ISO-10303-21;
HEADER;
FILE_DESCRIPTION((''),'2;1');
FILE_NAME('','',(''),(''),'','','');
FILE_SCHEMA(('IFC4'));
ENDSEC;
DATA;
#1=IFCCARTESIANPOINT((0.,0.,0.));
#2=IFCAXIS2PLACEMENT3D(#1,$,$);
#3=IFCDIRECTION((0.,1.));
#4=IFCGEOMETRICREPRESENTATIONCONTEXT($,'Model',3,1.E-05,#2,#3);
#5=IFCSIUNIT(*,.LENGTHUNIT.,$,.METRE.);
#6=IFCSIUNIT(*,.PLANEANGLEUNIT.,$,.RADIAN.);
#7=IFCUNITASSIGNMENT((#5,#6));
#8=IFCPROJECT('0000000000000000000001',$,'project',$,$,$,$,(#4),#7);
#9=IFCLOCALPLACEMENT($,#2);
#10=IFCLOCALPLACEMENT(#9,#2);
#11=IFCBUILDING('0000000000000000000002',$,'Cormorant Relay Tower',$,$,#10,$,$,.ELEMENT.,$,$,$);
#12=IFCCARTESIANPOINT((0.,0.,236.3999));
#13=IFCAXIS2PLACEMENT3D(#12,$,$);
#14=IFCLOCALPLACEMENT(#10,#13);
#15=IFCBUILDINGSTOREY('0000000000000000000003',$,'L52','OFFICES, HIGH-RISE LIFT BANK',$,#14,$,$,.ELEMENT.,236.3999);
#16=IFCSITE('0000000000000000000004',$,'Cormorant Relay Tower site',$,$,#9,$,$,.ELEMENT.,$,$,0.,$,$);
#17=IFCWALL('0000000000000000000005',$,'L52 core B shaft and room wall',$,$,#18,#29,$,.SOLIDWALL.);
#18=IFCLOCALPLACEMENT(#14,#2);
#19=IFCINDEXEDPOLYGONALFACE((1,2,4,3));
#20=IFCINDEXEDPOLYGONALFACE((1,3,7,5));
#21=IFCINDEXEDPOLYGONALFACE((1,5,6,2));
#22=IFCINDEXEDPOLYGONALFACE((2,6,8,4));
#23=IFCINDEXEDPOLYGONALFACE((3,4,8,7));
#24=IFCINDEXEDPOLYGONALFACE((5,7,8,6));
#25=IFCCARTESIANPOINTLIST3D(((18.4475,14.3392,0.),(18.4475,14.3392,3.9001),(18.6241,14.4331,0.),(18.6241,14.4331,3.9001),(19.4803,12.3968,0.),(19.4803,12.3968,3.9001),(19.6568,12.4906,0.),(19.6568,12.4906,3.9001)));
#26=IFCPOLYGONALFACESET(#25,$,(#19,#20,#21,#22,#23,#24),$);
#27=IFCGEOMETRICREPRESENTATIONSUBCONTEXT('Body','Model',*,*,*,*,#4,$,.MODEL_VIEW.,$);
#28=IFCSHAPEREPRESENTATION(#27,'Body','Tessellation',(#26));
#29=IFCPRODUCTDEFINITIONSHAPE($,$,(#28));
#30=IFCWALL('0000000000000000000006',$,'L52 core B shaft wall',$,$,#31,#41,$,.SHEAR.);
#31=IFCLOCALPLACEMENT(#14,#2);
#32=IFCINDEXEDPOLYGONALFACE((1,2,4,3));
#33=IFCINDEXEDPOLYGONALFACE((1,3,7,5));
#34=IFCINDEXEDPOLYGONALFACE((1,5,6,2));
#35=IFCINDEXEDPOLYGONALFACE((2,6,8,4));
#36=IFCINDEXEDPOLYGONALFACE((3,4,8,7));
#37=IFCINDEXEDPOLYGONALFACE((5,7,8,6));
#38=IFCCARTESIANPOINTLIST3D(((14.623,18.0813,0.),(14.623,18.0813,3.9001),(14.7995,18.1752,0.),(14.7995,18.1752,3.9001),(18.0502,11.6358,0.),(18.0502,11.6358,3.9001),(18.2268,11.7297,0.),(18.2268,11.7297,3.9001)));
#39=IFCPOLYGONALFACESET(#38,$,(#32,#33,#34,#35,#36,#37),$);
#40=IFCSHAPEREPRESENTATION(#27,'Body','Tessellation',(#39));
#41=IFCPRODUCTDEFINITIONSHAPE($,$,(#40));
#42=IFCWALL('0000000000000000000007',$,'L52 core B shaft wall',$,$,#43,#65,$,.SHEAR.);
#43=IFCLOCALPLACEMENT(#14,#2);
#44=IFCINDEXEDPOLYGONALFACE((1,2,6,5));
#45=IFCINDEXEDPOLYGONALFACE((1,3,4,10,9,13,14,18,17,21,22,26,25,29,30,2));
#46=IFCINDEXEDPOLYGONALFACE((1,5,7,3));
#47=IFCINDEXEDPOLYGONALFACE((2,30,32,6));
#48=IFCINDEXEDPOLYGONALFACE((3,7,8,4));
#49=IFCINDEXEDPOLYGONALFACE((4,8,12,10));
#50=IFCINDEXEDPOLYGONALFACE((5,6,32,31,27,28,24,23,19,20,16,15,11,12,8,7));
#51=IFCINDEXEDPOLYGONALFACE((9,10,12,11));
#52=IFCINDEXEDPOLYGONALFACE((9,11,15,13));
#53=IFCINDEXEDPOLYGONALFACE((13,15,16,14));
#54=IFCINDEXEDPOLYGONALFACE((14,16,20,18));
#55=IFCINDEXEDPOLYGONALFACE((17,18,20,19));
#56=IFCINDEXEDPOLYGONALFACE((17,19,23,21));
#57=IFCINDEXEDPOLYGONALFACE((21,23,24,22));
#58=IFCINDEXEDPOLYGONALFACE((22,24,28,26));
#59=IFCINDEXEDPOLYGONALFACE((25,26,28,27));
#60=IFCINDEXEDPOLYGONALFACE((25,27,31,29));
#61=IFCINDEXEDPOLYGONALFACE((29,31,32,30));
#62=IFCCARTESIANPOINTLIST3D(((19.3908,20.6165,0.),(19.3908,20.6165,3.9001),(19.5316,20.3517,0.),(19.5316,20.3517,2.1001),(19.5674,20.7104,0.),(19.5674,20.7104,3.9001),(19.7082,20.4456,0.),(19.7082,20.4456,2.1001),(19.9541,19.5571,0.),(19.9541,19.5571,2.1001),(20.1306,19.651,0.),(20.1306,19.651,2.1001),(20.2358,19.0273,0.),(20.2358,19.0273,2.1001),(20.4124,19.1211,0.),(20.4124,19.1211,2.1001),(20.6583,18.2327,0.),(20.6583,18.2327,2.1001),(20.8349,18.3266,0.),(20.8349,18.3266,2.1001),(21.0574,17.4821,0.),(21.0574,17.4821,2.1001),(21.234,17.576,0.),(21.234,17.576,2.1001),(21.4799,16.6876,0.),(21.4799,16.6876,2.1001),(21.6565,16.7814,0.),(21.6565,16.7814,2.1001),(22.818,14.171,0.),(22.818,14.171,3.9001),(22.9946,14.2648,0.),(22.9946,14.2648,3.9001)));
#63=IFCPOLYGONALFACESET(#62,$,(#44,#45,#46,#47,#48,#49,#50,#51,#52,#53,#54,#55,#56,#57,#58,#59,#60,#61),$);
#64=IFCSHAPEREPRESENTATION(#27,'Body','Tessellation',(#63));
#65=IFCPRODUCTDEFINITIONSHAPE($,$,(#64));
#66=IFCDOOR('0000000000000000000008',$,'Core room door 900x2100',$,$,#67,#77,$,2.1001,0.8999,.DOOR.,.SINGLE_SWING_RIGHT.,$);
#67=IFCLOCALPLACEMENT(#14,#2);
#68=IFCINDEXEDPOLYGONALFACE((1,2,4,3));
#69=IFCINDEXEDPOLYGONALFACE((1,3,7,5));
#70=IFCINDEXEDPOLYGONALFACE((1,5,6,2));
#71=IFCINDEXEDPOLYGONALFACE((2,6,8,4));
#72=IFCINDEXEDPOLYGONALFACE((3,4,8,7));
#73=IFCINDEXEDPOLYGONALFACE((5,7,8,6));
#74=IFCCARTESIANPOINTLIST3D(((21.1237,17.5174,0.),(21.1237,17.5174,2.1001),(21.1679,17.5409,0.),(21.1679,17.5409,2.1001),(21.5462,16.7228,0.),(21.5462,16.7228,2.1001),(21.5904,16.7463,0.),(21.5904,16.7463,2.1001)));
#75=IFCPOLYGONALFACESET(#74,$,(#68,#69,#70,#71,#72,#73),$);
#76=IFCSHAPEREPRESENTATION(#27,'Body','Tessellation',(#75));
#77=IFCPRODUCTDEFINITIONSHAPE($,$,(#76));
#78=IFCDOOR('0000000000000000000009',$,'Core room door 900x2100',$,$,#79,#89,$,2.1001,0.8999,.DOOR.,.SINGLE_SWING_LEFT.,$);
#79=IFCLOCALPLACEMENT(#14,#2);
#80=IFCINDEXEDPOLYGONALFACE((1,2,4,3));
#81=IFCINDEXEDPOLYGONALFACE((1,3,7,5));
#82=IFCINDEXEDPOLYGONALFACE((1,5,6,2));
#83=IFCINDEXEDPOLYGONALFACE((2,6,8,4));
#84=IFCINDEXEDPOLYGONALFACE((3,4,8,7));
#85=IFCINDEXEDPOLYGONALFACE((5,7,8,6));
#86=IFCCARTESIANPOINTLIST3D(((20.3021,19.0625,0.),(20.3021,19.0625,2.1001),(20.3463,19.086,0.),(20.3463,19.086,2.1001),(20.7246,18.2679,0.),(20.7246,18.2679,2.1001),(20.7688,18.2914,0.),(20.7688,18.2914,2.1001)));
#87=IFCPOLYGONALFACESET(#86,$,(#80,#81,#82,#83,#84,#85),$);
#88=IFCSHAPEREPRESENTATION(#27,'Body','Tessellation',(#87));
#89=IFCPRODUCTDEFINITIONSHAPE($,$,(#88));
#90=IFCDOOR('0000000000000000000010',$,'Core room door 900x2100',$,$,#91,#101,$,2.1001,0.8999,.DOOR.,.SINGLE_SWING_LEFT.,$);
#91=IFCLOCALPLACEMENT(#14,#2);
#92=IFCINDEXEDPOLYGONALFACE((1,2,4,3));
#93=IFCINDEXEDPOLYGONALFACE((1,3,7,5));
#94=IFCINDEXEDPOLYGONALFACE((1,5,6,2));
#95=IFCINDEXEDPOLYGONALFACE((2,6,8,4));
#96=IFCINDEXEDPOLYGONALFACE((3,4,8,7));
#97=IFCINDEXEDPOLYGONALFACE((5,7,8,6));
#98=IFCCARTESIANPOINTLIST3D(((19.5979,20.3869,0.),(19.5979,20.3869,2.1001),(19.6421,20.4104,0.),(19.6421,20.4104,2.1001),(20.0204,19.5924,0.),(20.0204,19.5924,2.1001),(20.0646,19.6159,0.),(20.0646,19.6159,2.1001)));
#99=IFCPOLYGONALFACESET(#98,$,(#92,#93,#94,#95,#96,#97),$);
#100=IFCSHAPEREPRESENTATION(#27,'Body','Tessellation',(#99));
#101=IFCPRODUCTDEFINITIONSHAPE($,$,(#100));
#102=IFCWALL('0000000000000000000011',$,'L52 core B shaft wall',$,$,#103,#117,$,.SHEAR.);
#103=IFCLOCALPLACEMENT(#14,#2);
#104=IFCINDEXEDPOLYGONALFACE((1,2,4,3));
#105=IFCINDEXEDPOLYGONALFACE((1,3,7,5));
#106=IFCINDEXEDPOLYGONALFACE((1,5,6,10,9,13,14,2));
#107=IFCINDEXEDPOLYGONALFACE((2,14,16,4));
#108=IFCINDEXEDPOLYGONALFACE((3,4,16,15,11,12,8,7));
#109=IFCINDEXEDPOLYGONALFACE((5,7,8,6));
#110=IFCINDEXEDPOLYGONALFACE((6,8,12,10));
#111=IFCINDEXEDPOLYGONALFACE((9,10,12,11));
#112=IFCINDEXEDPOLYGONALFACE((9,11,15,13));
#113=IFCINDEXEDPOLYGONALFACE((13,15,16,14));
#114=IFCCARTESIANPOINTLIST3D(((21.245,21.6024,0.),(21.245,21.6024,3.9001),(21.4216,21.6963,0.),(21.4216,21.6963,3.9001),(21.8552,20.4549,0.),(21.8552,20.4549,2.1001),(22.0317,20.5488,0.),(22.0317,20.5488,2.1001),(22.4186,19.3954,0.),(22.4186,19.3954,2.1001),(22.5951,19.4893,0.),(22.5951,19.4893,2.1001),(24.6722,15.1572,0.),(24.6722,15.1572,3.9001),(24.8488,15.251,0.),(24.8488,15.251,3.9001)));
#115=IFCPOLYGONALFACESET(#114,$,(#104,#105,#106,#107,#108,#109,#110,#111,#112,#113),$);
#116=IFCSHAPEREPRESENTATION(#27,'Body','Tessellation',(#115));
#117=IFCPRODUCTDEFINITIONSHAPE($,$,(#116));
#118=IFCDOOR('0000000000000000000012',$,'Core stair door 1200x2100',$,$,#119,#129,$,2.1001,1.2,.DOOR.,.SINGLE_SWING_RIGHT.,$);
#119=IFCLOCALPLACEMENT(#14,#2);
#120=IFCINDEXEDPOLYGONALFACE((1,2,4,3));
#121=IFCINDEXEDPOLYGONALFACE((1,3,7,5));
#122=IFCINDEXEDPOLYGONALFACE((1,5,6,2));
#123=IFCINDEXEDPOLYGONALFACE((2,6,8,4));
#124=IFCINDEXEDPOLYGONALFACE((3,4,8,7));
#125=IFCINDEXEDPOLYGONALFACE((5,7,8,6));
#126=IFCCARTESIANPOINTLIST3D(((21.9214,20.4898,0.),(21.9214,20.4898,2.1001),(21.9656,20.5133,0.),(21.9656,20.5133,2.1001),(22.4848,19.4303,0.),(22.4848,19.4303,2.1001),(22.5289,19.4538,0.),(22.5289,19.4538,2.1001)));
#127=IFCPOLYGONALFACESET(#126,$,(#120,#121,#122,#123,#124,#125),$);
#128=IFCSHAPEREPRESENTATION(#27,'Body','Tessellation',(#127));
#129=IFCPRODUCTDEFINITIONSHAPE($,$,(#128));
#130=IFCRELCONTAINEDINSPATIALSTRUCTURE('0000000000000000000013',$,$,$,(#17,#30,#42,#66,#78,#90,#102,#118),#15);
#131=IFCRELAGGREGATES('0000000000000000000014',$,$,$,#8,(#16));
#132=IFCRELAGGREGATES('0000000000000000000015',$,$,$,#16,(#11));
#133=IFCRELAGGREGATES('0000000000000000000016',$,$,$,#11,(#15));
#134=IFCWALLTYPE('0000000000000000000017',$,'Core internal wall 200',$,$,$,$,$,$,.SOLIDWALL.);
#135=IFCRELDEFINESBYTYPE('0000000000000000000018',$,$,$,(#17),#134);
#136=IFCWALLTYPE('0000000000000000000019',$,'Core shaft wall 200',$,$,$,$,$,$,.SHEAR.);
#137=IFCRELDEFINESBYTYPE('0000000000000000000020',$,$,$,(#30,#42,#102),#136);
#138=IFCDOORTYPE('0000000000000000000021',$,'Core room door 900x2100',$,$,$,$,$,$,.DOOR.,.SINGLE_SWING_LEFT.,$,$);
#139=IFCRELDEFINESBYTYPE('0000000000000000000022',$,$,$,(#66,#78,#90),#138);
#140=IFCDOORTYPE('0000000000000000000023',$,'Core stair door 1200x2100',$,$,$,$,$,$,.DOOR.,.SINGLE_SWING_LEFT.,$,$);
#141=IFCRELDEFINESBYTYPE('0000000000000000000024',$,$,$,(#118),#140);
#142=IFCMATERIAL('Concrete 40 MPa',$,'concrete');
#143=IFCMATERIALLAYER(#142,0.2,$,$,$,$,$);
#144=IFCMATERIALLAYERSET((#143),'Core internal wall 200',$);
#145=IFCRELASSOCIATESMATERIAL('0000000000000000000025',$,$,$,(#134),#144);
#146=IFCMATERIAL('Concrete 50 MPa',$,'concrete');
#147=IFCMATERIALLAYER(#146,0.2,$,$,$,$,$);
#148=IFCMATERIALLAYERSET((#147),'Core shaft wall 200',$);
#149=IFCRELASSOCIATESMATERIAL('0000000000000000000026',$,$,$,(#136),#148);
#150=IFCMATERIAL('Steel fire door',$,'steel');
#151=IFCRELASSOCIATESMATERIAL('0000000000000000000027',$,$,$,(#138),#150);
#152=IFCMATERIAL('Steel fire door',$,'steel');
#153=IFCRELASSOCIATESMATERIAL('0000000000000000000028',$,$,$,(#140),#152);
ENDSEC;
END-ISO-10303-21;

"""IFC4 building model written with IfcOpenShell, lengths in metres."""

from ifc_helpers import new_model, si_unit, direction, frame, frame_2d, origin, place, context, subcontext, project, spatial, rectangle, extrude, material, layer, layer_set, type_object, element, fill, save


model = new_model("IFC4")

# Units and contexts
model_context = context("Model", 3, precision=1e-05, world=origin(), true_north=direction((0.0, 1.0)))
body_context = subcontext(model_context, "Body", "Model", "MODEL_VIEW")
ifc_project = project(units=[si_unit("LENGTHUNIT", "METRE"), si_unit("PLANEANGLEUNIT", "RADIAN")], contexts=[model_context])

# Site, building, storey
site_placement = place(None, origin())
site = spatial("IfcSite", under=ifc_project, at=site_placement, Name="Cormorant Relay Tower site", CompositionType="ELEMENT", RefElevation=0.0)
building_placement = place(site_placement, origin())
building = spatial("IfcBuilding", under=site, at=building_placement, Name="Cormorant Relay Tower", CompositionType="ELEMENT")
storey_placement = place(building_placement, frame((0.0, 0.0, 236.3999)))
storey = spatial("IfcBuildingStorey", under=building, at=storey_placement, Name="L52", Description="OFFICES, HIGH-RISE LIFT BANK", CompositionType="ELEMENT", Elevation=236.3999)

# Walls
ifc_material_1 = material(Name="Concrete 40 MPa", Category="concrete")
ifc_layer_1 = layer(ifc_material_1, 0.2)
ifc_layer_set_1 = layer_set([ifc_layer_1], Name="Core internal wall 200")
wall_type_1 = type_object("IfcWallType", Name="Core internal wall 200", PredefinedType="SOLIDWALL", material=ifc_layer_set_1)
wall_1_placement = place(storey_placement, frame((19.5686, 12.4436, 0.0), z_axis=(0.0, 0.0, 1.0), x_axis=(-0.469447, 0.88296, 0.0)))
element("IfcWall", 1, at=wall_1_placement, inside=storey, type_object=wall_type_1, Name="L52 core B shaft and room wall", PredefinedType="SOLIDWALL", context=body_context, shape_type="SweptSolid", body=[
    extrude(rectangle(XDim=2.2, YDim=0.2, at=frame_2d((1.1001, 0.0))), origin(), (0.0, 0.0, 1.0), 3.9001),
])
ifc_material_2 = material(Name="Concrete 50 MPa", Category="concrete")
ifc_layer_2 = layer(ifc_material_2, 0.2)
ifc_layer_set_2 = layer_set([ifc_layer_2], Name="Core shaft wall 200")
wall_type_2 = type_object("IfcWallType", Name="Core shaft wall 200", PredefinedType="SHEAR", material=ifc_layer_set_2)
wall_2_placement = place(storey_placement, frame((18.1384, 11.6829, 0.0), z_axis=(0.0, 0.0, 1.0), x_axis=(-0.46948, 0.882943, 0.0)))
element("IfcWall", 2, at=wall_2_placement, inside=storey, type_object=wall_type_2, Name="L52 core B shaft wall", PredefinedType="SHEAR", context=body_context, shape_type="SweptSolid", body=[
    extrude(rectangle(XDim=7.3, YDim=0.2, at=frame_2d((3.6499, 0.0))), origin(), (0.0, 0.0, 1.0), 3.9001),
])

# Wall, openings, doors
wall_3_placement = place(storey_placement, frame((22.9062, 14.218, 0.0), z_axis=(0.0, 0.0, 1.0), x_axis=(-0.46948, 0.882943, 0.0)))
wall_3 = element("IfcWall", 3, at=wall_3_placement, inside=storey, type_object=wall_type_2, Name="L52 core B shaft wall", PredefinedType="SHEAR", context=body_context, shape_type="SweptSolid", body=[
    extrude(rectangle(XDim=7.3, YDim=0.2, at=frame_2d((3.6499, 0.0))), origin(), (0.0, 0.0, 1.0), 3.9001),
])
opening_1_placement = place(wall_3_placement, frame((2.8501, 0.0, 0.0)))
opening_1 = element("IfcOpeningElement", 4, at=opening_1_placement, cuts=wall_3, PredefinedType="OPENING", context=body_context, shape_type="SweptSolid", body=[
    extrude(rectangle(XDim=0.8999, YDim=2.1001, at=frame_2d((0.45, 1.05))), frame((0.0, 0.1099, 0.0), z_axis=(0.0, -1.0, 0.0), x_axis=(1.0, 0.0, 0.0)), (0.0, 0.0, 1.0), 0.22),
])
opening_2_placement = place(wall_3_placement, frame((4.6001, 0.0, 0.0)))
opening_2 = element("IfcOpeningElement", 5, at=opening_2_placement, cuts=wall_3, PredefinedType="OPENING", context=body_context, shape_type="SweptSolid", body=[
    extrude(rectangle(XDim=0.8999, YDim=2.1001, at=frame_2d((0.45, 1.05))), frame((0.0, 0.1099, 0.0), z_axis=(0.0, -1.0, 0.0), x_axis=(1.0, 0.0, 0.0)), (0.0, 0.0, 1.0), 0.22),
])
opening_3_placement = place(wall_3_placement, frame((6.1001, 0.0, 0.0)))
opening_3 = element("IfcOpeningElement", 6, at=opening_3_placement, cuts=wall_3, PredefinedType="OPENING", context=body_context, shape_type="SweptSolid", body=[
    extrude(rectangle(XDim=0.8999, YDim=2.1001, at=frame_2d((0.45, 1.05))), frame((0.0, 0.1099, 0.0), z_axis=(0.0, -1.0, 0.0), x_axis=(1.0, 0.0, 0.0)), (0.0, 0.0, 1.0), 0.22),
])
ifc_material_3 = material(Name="Steel fire door", Category="steel")
door_type_1 = type_object("IfcDoorType", Name="Core room door 900x2100", OperationType="SINGLE_SWING_LEFT", PredefinedType="DOOR", material=ifc_material_3)
door_1_placement = place(opening_1_placement, origin())
door_1 = element("IfcDoor", 7, at=door_1_placement, inside=storey, type_object=door_type_1, Name="Core room door 900x2100", OperationType="SINGLE_SWING_RIGHT", OverallHeight=2.1001, OverallWidth=0.8999, PredefinedType="DOOR", context=body_context, shape_type="SweptSolid", body=[
    extrude(rectangle(XDim=0.8999, YDim=2.1001, at=frame_2d((0.45, 1.05))), frame((0.0, 0.0249, 0.0), z_axis=(0.0, -1.0, 0.0), x_axis=(1.0, 0.0, 0.0)), (0.0, 0.0, 1.0), 0.05),
])
fill(opening_1, door_1)
door_2_placement = place(opening_2_placement, origin())
door_2 = element("IfcDoor", 8, at=door_2_placement, inside=storey, type_object=door_type_1, Name="Core room door 900x2100", OperationType="SINGLE_SWING_LEFT", OverallHeight=2.1001, OverallWidth=0.8999, PredefinedType="DOOR", context=body_context, shape_type="SweptSolid", body=[
    extrude(rectangle(XDim=0.8999, YDim=2.1001, at=frame_2d((0.45, 1.05))), frame((0.0, 0.0249, 0.0), z_axis=(0.0, -1.0, 0.0), x_axis=(1.0, 0.0, 0.0)), (0.0, 0.0, 1.0), 0.05),
])
fill(opening_2, door_2)
door_3_placement = place(opening_3_placement, origin())
door_3 = element("IfcDoor", 9, at=door_3_placement, inside=storey, type_object=door_type_1, Name="Core room door 900x2100", OperationType="SINGLE_SWING_LEFT", OverallHeight=2.1001, OverallWidth=0.8999, PredefinedType="DOOR", context=body_context, shape_type="SweptSolid", body=[
    extrude(rectangle(XDim=0.8999, YDim=2.1001, at=frame_2d((0.45, 1.05))), frame((0.0, 0.0249, 0.0), z_axis=(0.0, -1.0, 0.0), x_axis=(1.0, 0.0, 0.0)), (0.0, 0.0, 1.0), 0.05),
])
fill(opening_3, door_3)

# Wall, opening, door
wall_4_placement = place(storey_placement, frame((24.7605, 15.2041, 0.0), z_axis=(0.0, 0.0, 1.0), x_axis=(-0.469494, 0.882936, 0.0)))
wall_4 = element("IfcWall", 10, at=wall_4_placement, inside=storey, type_object=wall_type_2, Name="L52 core B shaft wall", PredefinedType="SHEAR", context=body_context, shape_type="SweptSolid", body=[
    extrude(rectangle(XDim=7.2998, YDim=0.2, at=frame_2d((3.6499, 0.0))), origin(), (0.0, 0.0, 1.0), 3.9001),
])
opening_4_placement = place(wall_4_placement, frame((4.8, 0.0, 0.0)))
opening_4 = element("IfcOpeningElement", 11, at=opening_4_placement, cuts=wall_4, PredefinedType="OPENING", context=body_context, shape_type="SweptSolid", body=[
    extrude(rectangle(XDim=1.2, YDim=2.1001, at=frame_2d((0.6001, 1.05))), frame((0.0, 0.1099, 0.0), z_axis=(0.0, -1.0, 0.0), x_axis=(1.0, 0.0, 0.0)), (0.0, 0.0, 1.0), 0.22),
])
ifc_material_4 = material(Name="Steel fire door", Category="steel")
door_type_2 = type_object("IfcDoorType", Name="Core stair door 1200x2100", OperationType="SINGLE_SWING_LEFT", PredefinedType="DOOR", material=ifc_material_4)
door_4_placement = place(opening_4_placement, frame((1.2, 0.0, 0.0), z_axis=(0.0, 0.0, 1.0), x_axis=(-1.0, 0.0, 0.0)))
door_4 = element("IfcDoor", 12, at=door_4_placement, inside=storey, type_object=door_type_2, Name="Core stair door 1200x2100", OperationType="SINGLE_SWING_RIGHT", OverallHeight=2.1001, OverallWidth=1.2, PredefinedType="DOOR", context=body_context, shape_type="SweptSolid", body=[
    extrude(rectangle(XDim=1.2, YDim=2.1001, at=frame_2d((0.6001, 1.05))), frame((0.0, 0.0249, 0.0), z_axis=(0.0, -1.0, 0.0), x_axis=(1.0, 0.0, 0.0)), (0.0, 0.0, 1.0), 0.05),
])
fill(opening_4, door_4)

save(model, "model.ifc")
